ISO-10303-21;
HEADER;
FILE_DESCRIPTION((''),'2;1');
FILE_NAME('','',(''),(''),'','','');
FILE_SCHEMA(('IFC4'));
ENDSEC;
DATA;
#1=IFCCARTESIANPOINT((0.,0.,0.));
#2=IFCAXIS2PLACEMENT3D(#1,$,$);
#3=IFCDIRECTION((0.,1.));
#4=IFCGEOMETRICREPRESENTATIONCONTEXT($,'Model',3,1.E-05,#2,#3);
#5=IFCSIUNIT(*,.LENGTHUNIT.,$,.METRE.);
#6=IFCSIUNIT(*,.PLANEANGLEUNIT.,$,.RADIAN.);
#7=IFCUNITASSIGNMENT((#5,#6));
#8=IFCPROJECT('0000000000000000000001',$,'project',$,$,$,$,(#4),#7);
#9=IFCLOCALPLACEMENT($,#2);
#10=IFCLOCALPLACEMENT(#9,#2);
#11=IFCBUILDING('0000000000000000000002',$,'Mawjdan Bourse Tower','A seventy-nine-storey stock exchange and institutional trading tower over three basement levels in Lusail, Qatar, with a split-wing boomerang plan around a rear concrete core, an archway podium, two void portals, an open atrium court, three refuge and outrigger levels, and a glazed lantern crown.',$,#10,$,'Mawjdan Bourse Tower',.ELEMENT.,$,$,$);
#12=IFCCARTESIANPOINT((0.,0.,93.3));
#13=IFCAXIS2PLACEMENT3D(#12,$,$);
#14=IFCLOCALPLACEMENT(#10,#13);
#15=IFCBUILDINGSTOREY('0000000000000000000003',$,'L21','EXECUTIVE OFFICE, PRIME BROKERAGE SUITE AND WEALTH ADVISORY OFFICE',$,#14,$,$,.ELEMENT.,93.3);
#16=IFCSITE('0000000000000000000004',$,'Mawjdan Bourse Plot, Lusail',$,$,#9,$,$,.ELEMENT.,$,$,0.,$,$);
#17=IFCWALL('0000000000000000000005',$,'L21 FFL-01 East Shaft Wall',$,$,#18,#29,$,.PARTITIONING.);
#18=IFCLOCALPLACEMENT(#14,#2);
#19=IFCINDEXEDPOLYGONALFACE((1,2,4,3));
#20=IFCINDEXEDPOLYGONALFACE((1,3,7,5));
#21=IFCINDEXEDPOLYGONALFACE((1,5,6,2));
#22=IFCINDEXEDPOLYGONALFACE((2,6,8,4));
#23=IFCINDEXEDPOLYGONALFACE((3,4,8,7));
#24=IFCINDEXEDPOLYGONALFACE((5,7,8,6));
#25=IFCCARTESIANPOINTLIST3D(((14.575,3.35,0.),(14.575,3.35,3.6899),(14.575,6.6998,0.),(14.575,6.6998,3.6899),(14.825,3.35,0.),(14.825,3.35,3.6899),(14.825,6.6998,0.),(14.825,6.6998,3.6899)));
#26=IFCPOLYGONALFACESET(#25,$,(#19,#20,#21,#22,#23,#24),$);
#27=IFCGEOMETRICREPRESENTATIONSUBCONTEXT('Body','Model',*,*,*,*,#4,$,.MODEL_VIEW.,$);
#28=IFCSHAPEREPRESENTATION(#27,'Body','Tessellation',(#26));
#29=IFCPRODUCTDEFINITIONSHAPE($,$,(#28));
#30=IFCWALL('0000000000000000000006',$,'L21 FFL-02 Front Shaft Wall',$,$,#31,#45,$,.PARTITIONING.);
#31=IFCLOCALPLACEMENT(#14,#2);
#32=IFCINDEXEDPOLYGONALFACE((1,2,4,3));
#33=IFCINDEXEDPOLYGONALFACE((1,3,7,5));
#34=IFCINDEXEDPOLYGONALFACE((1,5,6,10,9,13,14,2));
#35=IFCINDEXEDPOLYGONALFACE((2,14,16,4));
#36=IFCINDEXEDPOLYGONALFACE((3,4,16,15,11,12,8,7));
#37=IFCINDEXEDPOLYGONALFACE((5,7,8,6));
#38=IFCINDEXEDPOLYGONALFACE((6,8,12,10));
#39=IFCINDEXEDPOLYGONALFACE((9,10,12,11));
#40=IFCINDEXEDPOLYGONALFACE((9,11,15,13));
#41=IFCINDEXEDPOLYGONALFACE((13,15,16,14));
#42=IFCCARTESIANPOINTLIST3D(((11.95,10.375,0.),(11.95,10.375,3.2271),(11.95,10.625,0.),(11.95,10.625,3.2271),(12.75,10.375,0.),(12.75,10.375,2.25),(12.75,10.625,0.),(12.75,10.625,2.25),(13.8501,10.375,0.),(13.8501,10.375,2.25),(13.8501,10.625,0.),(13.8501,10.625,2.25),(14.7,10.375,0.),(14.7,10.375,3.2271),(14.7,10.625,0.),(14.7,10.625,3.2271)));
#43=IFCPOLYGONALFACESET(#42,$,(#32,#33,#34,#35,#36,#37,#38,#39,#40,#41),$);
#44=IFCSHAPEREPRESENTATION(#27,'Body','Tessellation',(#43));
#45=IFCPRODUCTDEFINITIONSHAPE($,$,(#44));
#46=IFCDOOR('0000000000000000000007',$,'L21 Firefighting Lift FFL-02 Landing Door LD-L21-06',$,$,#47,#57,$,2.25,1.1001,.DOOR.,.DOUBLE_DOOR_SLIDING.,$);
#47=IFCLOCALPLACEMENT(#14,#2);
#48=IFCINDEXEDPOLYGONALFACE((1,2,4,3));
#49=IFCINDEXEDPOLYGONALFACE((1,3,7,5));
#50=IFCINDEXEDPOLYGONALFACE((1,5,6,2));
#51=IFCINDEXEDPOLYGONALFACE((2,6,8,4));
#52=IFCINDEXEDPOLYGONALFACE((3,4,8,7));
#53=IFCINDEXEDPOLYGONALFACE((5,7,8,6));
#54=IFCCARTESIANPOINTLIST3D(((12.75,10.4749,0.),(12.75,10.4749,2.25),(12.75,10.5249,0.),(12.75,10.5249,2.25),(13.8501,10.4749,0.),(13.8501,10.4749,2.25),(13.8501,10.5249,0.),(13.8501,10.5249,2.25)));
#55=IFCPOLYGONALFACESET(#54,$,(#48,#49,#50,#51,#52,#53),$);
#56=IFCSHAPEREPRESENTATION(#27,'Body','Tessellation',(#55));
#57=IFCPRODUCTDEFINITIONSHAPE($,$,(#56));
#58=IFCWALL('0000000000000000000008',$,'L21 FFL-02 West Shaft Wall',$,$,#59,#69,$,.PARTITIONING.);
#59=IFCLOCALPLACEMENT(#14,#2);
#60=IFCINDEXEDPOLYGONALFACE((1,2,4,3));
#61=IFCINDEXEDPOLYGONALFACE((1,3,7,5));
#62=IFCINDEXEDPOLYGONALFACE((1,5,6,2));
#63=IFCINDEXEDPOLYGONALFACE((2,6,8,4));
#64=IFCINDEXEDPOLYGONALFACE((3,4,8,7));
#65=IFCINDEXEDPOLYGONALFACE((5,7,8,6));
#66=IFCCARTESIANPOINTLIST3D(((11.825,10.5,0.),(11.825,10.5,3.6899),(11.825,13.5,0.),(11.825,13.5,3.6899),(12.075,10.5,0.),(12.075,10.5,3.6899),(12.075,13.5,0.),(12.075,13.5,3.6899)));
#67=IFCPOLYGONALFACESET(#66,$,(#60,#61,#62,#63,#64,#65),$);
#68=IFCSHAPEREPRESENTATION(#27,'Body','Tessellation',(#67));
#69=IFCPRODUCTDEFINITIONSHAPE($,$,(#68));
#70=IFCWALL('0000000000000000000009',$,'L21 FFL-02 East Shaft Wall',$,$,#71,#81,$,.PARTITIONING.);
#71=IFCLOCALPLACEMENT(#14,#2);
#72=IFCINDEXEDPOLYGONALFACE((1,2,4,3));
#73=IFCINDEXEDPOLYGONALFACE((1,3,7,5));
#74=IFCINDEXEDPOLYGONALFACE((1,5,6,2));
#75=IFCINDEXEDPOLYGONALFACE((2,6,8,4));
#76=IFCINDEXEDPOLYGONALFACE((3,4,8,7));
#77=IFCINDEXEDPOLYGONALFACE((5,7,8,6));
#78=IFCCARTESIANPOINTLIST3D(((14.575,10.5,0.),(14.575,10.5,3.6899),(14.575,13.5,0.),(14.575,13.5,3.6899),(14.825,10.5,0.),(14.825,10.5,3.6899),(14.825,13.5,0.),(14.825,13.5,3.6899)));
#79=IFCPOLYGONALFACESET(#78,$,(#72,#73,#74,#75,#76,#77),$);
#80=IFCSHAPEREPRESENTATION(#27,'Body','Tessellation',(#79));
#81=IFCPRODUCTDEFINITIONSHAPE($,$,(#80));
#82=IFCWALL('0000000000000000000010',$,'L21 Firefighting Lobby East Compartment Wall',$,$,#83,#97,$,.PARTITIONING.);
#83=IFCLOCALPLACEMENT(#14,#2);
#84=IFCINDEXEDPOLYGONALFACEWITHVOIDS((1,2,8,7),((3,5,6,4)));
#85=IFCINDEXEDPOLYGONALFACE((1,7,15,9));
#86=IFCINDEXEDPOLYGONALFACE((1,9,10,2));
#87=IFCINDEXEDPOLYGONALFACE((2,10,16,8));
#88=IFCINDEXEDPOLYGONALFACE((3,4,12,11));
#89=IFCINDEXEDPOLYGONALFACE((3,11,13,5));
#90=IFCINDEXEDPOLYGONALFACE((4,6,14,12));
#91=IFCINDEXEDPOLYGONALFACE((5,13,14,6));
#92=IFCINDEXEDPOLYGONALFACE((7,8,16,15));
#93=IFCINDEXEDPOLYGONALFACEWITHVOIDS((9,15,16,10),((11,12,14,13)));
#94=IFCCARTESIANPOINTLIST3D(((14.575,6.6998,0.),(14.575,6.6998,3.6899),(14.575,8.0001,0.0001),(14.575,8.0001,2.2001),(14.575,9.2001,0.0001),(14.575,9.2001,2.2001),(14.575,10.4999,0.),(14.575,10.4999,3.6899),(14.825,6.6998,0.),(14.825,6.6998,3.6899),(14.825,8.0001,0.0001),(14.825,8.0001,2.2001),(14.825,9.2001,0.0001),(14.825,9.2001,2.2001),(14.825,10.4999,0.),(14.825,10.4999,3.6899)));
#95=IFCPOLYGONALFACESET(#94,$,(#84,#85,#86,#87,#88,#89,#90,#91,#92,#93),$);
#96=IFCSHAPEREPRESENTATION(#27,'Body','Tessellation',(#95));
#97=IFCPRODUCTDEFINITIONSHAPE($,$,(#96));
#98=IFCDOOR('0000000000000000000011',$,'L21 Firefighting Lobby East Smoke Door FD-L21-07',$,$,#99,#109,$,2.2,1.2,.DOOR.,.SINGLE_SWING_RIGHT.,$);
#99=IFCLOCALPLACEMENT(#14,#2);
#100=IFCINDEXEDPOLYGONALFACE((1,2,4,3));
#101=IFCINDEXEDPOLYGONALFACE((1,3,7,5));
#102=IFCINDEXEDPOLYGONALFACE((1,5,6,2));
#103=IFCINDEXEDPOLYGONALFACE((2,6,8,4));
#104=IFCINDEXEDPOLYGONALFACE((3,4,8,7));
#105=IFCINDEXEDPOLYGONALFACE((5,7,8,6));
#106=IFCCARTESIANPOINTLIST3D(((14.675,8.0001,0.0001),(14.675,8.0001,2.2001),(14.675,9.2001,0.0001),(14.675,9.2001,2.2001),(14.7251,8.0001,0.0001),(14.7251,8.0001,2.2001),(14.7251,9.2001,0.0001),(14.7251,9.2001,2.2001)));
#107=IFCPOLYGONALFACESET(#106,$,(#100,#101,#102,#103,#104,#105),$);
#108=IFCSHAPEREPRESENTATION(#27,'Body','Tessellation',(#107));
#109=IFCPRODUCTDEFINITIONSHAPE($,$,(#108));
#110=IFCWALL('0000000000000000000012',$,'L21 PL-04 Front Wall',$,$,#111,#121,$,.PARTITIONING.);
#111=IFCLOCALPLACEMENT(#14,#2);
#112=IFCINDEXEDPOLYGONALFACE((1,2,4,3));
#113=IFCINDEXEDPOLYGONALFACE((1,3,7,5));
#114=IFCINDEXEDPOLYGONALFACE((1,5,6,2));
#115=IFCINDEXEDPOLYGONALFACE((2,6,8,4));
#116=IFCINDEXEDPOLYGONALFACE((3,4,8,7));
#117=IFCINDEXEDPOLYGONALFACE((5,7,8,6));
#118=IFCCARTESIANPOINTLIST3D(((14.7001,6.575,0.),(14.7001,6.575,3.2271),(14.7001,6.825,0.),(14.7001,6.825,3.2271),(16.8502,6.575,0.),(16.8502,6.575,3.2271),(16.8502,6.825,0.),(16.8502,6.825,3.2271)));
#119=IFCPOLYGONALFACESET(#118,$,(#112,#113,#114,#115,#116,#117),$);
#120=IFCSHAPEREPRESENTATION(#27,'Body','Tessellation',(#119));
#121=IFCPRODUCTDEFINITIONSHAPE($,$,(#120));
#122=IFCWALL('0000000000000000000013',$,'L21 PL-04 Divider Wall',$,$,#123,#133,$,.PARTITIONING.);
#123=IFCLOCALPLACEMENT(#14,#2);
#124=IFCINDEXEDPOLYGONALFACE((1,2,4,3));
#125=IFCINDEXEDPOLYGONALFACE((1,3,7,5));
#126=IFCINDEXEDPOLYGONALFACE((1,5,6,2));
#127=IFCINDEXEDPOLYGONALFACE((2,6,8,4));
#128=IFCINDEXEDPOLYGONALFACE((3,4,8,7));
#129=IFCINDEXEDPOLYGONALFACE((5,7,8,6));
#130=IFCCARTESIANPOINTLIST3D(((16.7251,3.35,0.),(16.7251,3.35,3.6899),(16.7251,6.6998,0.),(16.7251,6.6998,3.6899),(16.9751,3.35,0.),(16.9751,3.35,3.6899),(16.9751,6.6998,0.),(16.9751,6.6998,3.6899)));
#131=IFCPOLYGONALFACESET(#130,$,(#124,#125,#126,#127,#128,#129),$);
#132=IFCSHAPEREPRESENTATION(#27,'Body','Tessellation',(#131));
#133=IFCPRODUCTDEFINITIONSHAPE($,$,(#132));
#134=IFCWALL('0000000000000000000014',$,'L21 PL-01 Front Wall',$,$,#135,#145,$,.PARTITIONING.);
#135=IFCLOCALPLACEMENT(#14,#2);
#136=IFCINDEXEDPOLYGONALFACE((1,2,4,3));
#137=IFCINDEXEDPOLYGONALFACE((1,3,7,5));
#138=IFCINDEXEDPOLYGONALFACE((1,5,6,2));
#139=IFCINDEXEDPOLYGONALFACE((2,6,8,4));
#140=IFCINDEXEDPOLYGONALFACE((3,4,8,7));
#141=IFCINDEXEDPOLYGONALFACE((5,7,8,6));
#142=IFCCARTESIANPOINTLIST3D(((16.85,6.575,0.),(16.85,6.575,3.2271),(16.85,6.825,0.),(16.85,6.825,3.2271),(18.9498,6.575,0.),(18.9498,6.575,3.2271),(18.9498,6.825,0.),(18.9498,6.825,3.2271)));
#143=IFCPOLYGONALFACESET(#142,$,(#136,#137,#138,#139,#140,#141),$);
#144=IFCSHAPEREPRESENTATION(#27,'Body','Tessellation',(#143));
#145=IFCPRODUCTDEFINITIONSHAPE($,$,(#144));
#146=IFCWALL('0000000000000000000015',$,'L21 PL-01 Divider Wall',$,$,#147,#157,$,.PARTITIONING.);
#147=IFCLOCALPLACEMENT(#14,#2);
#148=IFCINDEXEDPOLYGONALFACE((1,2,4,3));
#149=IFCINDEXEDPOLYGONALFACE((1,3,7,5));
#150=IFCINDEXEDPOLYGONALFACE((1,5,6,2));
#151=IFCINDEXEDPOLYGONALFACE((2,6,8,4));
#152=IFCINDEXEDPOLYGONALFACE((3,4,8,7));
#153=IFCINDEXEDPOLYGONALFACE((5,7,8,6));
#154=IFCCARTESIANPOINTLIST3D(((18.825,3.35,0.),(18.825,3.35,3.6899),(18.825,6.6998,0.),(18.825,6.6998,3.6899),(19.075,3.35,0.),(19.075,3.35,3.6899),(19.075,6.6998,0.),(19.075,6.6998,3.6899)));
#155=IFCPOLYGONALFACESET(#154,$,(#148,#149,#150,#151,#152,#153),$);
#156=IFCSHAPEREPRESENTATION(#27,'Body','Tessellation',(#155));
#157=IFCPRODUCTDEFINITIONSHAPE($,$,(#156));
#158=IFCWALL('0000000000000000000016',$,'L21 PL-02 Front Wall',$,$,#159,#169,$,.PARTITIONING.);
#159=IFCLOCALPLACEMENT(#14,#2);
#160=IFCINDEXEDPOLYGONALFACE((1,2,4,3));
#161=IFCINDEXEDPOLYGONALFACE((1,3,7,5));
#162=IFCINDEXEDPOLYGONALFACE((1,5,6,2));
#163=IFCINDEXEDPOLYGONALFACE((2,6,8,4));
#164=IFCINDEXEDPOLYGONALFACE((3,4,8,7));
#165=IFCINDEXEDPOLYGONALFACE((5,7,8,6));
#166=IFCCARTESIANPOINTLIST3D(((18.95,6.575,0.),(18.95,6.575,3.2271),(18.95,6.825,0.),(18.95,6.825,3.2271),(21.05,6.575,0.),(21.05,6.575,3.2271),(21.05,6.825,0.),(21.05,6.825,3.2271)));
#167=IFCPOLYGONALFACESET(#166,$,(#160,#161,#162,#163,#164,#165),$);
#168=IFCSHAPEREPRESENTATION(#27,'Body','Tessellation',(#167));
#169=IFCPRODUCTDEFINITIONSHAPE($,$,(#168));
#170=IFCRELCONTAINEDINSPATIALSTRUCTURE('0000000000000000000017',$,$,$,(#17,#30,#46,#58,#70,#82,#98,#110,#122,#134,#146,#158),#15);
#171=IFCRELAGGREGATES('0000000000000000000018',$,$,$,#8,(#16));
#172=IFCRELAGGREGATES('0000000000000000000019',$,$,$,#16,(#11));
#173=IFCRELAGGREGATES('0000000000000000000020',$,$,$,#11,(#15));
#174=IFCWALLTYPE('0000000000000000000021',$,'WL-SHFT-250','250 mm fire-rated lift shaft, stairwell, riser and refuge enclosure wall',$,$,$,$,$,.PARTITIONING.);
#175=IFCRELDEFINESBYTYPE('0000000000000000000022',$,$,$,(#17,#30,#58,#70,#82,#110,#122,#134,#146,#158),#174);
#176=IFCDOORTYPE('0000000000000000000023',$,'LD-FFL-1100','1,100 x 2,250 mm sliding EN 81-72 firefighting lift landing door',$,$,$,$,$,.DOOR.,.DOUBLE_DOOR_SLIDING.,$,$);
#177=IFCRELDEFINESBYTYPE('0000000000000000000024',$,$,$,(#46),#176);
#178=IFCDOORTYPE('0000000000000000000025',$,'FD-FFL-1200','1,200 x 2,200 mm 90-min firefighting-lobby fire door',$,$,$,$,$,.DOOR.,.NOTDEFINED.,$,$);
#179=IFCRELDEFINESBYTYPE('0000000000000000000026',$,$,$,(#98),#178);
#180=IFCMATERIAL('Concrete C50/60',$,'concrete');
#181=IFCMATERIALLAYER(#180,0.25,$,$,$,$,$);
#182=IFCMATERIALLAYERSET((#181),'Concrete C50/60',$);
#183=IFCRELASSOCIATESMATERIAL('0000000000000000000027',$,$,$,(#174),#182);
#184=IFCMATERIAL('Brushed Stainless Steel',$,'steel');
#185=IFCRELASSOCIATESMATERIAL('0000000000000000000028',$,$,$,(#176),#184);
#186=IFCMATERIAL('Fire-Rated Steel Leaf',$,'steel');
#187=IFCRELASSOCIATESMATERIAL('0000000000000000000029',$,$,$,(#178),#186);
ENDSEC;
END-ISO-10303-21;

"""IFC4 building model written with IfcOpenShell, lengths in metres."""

from ifc_helpers import new_model, si_unit, direction, frame, frame_2d, origin, place, context, subcontext, project, spatial, rectangle, extrude, material, layer, layer_set, type_object, element, fill, save


model = new_model("IFC4")

# Units and contexts
model_context = context("Model", 3, precision=1e-05, world=origin(), true_north=direction((0.0, 1.0)))
body_context = subcontext(model_context, "Body", "Model", "MODEL_VIEW")
ifc_project = project(units=[si_unit("LENGTHUNIT", "METRE"), si_unit("PLANEANGLEUNIT", "RADIAN")], contexts=[model_context])

# Site, building, storey
site_placement = place(None, origin())
site = spatial("IfcSite", under=ifc_project, at=site_placement, Name="Mawjdan Bourse Plot, Lusail", CompositionType="ELEMENT", RefElevation=0.0)
building_placement = place(site_placement, origin())
building = spatial("IfcBuilding", under=site, at=building_placement, Name="Mawjdan Bourse Tower", Description="A seventy-nine-storey stock exchange and institutional trading tower over three basement levels in Lusail, Qatar, with a split-wing boomerang plan around a rear concrete core, an archway podium, two void portals, an open atrium court, three refuge and outrigger levels, and a glazed lantern crown.", LongName="Mawjdan Bourse Tower", CompositionType="ELEMENT")
storey_placement = place(building_placement, frame((0.0, 0.0, 93.3)))
storey = spatial("IfcBuildingStorey", under=building, at=storey_placement, Name="L21", Description="EXECUTIVE OFFICE, PRIME BROKERAGE SUITE AND WEALTH ADVISORY OFFICE", CompositionType="ELEMENT", Elevation=93.3)

# Shared definitions
ifc_material_1 = material(Name="Concrete C50/60", Category="concrete")
ifc_layer = layer(ifc_material_1, 0.25)
ifc_layer_set = layer_set([ifc_layer], Name="Concrete C50/60")
wall_type = type_object("IfcWallType", Name="WL-SHFT-250", Description="250 mm fire-rated lift shaft, stairwell, riser and refuge enclosure wall", PredefinedType="PARTITIONING", material=ifc_layer_set)

# Shared definitions
ifc_material_2 = material(Name="Brushed Stainless Steel", Category="steel")
door_type_1 = type_object("IfcDoorType", Name="LD-FFL-1100", Description="1,100 x 2,250 mm sliding EN 81-72 firefighting lift landing door", OperationType="DOUBLE_DOOR_SLIDING", PredefinedType="DOOR", material=ifc_material_2)

# Wall
wall_1_placement = place(storey_placement, frame((14.7, 3.3501, 0.0), z_axis=(0.0, 0.0, 1.0), x_axis=(0.0, 1.0, 0.0)))
element("IfcWall", 1, at=wall_1_placement, inside=storey, type_object=wall_type, Name="L21 FFL-01 East Shaft Wall", PredefinedType="PARTITIONING", context=body_context, shape_type="SweptSolid", body=[
    extrude(rectangle(XDim=3.3499, YDim=0.25, at=frame_2d((1.6748, 0.0))), origin(), (0.0, 0.0, 1.0), 3.6899),
])

# Wall, opening, door
wall_2_placement = place(storey_placement, frame((11.95, 10.5, 0.0), z_axis=(0.0, 0.0, 1.0), x_axis=(1.0, 0.0, 0.0)))
wall_2 = element("IfcWall", 2, at=wall_2_placement, inside=storey, type_object=wall_type, Name="L21 FFL-02 Front Shaft Wall", PredefinedType="PARTITIONING", context=body_context, shape_type="SweptSolid", body=[
    extrude(rectangle(XDim=2.75, YDim=0.25, at=frame_2d((1.375, 0.0))), origin(), (0.0, 0.0, 1.0), 3.2271),
])
opening_1_placement = place(wall_2_placement, frame((0.8, 0.0, 0.0)))
opening_1 = element("IfcOpeningElement", 3, at=opening_1_placement, cuts=wall_2, PredefinedType="OPENING", context=body_context, shape_type="SweptSolid", body=[
    extrude(rectangle(XDim=1.1001, YDim=2.25, at=frame_2d((0.55, 1.125))), frame((0.0, 0.135, 0.0), z_axis=(0.0, -1.0, 0.0), x_axis=(1.0, 0.0, 0.0)), (0.0, 0.0, 1.0), 0.27),
])
door_1_placement = place(opening_1_placement, origin())
door_1 = element("IfcDoor", 4, at=door_1_placement, inside=storey, type_object=door_type_1, Name="L21 Firefighting Lift FFL-02 Landing Door LD-L21-06", OperationType="DOUBLE_DOOR_SLIDING", OverallHeight=2.25, OverallWidth=1.1001, PredefinedType="DOOR", context=body_context, shape_type="SweptSolid", body=[
    extrude(rectangle(XDim=1.1001, YDim=2.25, at=frame_2d((0.55, 1.125))), frame((0.0, 0.0249, 0.0), z_axis=(0.0, -1.0, 0.0), x_axis=(1.0, 0.0, 0.0)), (0.0, 0.0, 1.0), 0.05),
])
fill(opening_1, door_1)

# Walls
for number, where, z_axis, x_axis, name in (
    (5, (11.95, 10.5, 0.0), (0.0, 0.0, 1.0), (0.0, 1.0, 0.0), "L21 FFL-02 West Shaft Wall"),
    (6, (14.7, 10.5, 0.0), (0.0, 0.0, 1.0), (0.0, 1.0, 0.0), "L21 FFL-02 East Shaft Wall"),
):
    element("IfcWall", number, at=place(storey_placement, frame(where, z_axis=z_axis, x_axis=x_axis)), inside=storey, type_object=wall_type, Name=name, PredefinedType="PARTITIONING", context=body_context, shape_type="SweptSolid", body=[
        extrude(rectangle(XDim=3.0, YDim=0.25, at=frame_2d((1.5, 0.0))), origin(), (0.0, 0.0, 1.0), 3.6899),
    ])

# Wall, opening, door
wall_3_placement = place(storey_placement, frame((14.7, 6.7, 0.0), z_axis=(0.0, 0.0, 1.0), x_axis=(0.0, 1.0, 0.0)))
wall_3 = element("IfcWall", 7, at=wall_3_placement, inside=storey, type_object=wall_type, Name="L21 Firefighting Lobby East Compartment Wall", PredefinedType="PARTITIONING", context=body_context, shape_type="SweptSolid", body=[
    extrude(rectangle(XDim=3.8, YDim=0.25, at=frame_2d((1.8999, 0.0))), origin(), (0.0, 0.0, 1.0), 3.6899),
])
opening_2_placement = place(wall_3_placement, frame((1.3, 0.0, 0.0)))
opening_2 = element("IfcOpeningElement", 8, at=opening_2_placement, cuts=wall_3, PredefinedType="OPENING", context=body_context, shape_type="SweptSolid", body=[
    extrude(rectangle(XDim=1.2, YDim=2.2, at=frame_2d((0.6001, 1.1001))), frame((0.0, 0.135, 0.0), z_axis=(0.0, -1.0, 0.0), x_axis=(1.0, 0.0, 0.0)), (0.0, 0.0, 1.0), 0.27),
])
ifc_material_3 = material(Name="Fire-Rated Steel Leaf", Category="steel")
door_type_2 = type_object("IfcDoorType", Name="FD-FFL-1200", Description="1,200 x 2,200 mm 90-min firefighting-lobby fire door", OperationType="NOTDEFINED", PredefinedType="DOOR", material=ifc_material_3)
door_2_placement = place(opening_2_placement, origin())
door_2 = element("IfcDoor", 9, at=door_2_placement, inside=storey, type_object=door_type_2, Name="L21 Firefighting Lobby East Smoke Door FD-L21-07", OperationType="SINGLE_SWING_RIGHT", OverallHeight=2.2, OverallWidth=1.2, PredefinedType="DOOR", context=body_context, shape_type="SweptSolid", body=[
    extrude(rectangle(XDim=1.2, YDim=2.2, at=frame_2d((0.6001, 1.1001))), frame((0.0, 0.0249, 0.0), z_axis=(0.0, -1.0, 0.0), x_axis=(1.0, 0.0, 0.0)), (0.0, 0.0, 1.0), 0.05),
])
fill(opening_2, door_2)

# Walls
wall_4_placement = place(storey_placement, frame((14.7, 6.7, 0.0), z_axis=(0.0, 0.0, 1.0), x_axis=(1.0, 0.0, 0.0)))
element("IfcWall", 10, at=wall_4_placement, inside=storey, type_object=wall_type, Name="L21 PL-04 Front Wall", PredefinedType="PARTITIONING", context=body_context, shape_type="SweptSolid", body=[
    extrude(rectangle(XDim=2.1501, YDim=0.25, at=frame_2d((1.0752, 0.0))), origin(), (0.0, 0.0, 1.0), 3.2271),
])
wall_5_placement = place(storey_placement, frame((16.8501, 3.3501, 0.0), z_axis=(0.0, 0.0, 1.0), x_axis=(0.0, 1.0, 0.0)))
element("IfcWall", 11, at=wall_5_placement, inside=storey, type_object=wall_type, Name="L21 PL-04 Divider Wall", PredefinedType="PARTITIONING", context=body_context, shape_type="SweptSolid", body=[
    extrude(rectangle(XDim=3.3499, YDim=0.25, at=frame_2d((1.6748, 0.0))), origin(), (0.0, 0.0, 1.0), 3.6899),
])
wall_6_placement = place(storey_placement, frame((16.8501, 6.7, 0.0), z_axis=(0.0, 0.0, 1.0), x_axis=(1.0, 0.0, 0.0)))
element("IfcWall", 12, at=wall_6_placement, inside=storey, type_object=wall_type, Name="L21 PL-01 Front Wall", PredefinedType="PARTITIONING", context=body_context, shape_type="SweptSolid", body=[
    extrude(rectangle(XDim=2.0999, YDim=0.25, at=frame_2d((1.0498, 0.0))), origin(), (0.0, 0.0, 1.0), 3.2271),
])
wall_7_placement = place(storey_placement, frame((18.95, 3.3501, 0.0), z_axis=(0.0, 0.0, 1.0), x_axis=(0.0, 1.0, 0.0)))
element("IfcWall", 13, at=wall_7_placement, inside=storey, type_object=wall_type, Name="L21 PL-01 Divider Wall", PredefinedType="PARTITIONING", context=body_context, shape_type="SweptSolid", body=[
    extrude(rectangle(XDim=3.3499, YDim=0.25, at=frame_2d((1.6748, 0.0))), origin(), (0.0, 0.0, 1.0), 3.6899),
])
wall_8_placement = place(storey_placement, frame((18.95, 6.7, 0.0), z_axis=(0.0, 0.0, 1.0), x_axis=(1.0, 0.0, 0.0)))
element("IfcWall", 14, at=wall_8_placement, inside=storey, type_object=wall_type, Name="L21 PL-02 Front Wall", PredefinedType="PARTITIONING", context=body_context, shape_type="SweptSolid", body=[
    extrude(rectangle(XDim=2.1001, YDim=0.25, at=frame_2d((1.05, 0.0))), origin(), (0.0, 0.0, 1.0), 3.2271),
])

save(model, "model.ifc")
